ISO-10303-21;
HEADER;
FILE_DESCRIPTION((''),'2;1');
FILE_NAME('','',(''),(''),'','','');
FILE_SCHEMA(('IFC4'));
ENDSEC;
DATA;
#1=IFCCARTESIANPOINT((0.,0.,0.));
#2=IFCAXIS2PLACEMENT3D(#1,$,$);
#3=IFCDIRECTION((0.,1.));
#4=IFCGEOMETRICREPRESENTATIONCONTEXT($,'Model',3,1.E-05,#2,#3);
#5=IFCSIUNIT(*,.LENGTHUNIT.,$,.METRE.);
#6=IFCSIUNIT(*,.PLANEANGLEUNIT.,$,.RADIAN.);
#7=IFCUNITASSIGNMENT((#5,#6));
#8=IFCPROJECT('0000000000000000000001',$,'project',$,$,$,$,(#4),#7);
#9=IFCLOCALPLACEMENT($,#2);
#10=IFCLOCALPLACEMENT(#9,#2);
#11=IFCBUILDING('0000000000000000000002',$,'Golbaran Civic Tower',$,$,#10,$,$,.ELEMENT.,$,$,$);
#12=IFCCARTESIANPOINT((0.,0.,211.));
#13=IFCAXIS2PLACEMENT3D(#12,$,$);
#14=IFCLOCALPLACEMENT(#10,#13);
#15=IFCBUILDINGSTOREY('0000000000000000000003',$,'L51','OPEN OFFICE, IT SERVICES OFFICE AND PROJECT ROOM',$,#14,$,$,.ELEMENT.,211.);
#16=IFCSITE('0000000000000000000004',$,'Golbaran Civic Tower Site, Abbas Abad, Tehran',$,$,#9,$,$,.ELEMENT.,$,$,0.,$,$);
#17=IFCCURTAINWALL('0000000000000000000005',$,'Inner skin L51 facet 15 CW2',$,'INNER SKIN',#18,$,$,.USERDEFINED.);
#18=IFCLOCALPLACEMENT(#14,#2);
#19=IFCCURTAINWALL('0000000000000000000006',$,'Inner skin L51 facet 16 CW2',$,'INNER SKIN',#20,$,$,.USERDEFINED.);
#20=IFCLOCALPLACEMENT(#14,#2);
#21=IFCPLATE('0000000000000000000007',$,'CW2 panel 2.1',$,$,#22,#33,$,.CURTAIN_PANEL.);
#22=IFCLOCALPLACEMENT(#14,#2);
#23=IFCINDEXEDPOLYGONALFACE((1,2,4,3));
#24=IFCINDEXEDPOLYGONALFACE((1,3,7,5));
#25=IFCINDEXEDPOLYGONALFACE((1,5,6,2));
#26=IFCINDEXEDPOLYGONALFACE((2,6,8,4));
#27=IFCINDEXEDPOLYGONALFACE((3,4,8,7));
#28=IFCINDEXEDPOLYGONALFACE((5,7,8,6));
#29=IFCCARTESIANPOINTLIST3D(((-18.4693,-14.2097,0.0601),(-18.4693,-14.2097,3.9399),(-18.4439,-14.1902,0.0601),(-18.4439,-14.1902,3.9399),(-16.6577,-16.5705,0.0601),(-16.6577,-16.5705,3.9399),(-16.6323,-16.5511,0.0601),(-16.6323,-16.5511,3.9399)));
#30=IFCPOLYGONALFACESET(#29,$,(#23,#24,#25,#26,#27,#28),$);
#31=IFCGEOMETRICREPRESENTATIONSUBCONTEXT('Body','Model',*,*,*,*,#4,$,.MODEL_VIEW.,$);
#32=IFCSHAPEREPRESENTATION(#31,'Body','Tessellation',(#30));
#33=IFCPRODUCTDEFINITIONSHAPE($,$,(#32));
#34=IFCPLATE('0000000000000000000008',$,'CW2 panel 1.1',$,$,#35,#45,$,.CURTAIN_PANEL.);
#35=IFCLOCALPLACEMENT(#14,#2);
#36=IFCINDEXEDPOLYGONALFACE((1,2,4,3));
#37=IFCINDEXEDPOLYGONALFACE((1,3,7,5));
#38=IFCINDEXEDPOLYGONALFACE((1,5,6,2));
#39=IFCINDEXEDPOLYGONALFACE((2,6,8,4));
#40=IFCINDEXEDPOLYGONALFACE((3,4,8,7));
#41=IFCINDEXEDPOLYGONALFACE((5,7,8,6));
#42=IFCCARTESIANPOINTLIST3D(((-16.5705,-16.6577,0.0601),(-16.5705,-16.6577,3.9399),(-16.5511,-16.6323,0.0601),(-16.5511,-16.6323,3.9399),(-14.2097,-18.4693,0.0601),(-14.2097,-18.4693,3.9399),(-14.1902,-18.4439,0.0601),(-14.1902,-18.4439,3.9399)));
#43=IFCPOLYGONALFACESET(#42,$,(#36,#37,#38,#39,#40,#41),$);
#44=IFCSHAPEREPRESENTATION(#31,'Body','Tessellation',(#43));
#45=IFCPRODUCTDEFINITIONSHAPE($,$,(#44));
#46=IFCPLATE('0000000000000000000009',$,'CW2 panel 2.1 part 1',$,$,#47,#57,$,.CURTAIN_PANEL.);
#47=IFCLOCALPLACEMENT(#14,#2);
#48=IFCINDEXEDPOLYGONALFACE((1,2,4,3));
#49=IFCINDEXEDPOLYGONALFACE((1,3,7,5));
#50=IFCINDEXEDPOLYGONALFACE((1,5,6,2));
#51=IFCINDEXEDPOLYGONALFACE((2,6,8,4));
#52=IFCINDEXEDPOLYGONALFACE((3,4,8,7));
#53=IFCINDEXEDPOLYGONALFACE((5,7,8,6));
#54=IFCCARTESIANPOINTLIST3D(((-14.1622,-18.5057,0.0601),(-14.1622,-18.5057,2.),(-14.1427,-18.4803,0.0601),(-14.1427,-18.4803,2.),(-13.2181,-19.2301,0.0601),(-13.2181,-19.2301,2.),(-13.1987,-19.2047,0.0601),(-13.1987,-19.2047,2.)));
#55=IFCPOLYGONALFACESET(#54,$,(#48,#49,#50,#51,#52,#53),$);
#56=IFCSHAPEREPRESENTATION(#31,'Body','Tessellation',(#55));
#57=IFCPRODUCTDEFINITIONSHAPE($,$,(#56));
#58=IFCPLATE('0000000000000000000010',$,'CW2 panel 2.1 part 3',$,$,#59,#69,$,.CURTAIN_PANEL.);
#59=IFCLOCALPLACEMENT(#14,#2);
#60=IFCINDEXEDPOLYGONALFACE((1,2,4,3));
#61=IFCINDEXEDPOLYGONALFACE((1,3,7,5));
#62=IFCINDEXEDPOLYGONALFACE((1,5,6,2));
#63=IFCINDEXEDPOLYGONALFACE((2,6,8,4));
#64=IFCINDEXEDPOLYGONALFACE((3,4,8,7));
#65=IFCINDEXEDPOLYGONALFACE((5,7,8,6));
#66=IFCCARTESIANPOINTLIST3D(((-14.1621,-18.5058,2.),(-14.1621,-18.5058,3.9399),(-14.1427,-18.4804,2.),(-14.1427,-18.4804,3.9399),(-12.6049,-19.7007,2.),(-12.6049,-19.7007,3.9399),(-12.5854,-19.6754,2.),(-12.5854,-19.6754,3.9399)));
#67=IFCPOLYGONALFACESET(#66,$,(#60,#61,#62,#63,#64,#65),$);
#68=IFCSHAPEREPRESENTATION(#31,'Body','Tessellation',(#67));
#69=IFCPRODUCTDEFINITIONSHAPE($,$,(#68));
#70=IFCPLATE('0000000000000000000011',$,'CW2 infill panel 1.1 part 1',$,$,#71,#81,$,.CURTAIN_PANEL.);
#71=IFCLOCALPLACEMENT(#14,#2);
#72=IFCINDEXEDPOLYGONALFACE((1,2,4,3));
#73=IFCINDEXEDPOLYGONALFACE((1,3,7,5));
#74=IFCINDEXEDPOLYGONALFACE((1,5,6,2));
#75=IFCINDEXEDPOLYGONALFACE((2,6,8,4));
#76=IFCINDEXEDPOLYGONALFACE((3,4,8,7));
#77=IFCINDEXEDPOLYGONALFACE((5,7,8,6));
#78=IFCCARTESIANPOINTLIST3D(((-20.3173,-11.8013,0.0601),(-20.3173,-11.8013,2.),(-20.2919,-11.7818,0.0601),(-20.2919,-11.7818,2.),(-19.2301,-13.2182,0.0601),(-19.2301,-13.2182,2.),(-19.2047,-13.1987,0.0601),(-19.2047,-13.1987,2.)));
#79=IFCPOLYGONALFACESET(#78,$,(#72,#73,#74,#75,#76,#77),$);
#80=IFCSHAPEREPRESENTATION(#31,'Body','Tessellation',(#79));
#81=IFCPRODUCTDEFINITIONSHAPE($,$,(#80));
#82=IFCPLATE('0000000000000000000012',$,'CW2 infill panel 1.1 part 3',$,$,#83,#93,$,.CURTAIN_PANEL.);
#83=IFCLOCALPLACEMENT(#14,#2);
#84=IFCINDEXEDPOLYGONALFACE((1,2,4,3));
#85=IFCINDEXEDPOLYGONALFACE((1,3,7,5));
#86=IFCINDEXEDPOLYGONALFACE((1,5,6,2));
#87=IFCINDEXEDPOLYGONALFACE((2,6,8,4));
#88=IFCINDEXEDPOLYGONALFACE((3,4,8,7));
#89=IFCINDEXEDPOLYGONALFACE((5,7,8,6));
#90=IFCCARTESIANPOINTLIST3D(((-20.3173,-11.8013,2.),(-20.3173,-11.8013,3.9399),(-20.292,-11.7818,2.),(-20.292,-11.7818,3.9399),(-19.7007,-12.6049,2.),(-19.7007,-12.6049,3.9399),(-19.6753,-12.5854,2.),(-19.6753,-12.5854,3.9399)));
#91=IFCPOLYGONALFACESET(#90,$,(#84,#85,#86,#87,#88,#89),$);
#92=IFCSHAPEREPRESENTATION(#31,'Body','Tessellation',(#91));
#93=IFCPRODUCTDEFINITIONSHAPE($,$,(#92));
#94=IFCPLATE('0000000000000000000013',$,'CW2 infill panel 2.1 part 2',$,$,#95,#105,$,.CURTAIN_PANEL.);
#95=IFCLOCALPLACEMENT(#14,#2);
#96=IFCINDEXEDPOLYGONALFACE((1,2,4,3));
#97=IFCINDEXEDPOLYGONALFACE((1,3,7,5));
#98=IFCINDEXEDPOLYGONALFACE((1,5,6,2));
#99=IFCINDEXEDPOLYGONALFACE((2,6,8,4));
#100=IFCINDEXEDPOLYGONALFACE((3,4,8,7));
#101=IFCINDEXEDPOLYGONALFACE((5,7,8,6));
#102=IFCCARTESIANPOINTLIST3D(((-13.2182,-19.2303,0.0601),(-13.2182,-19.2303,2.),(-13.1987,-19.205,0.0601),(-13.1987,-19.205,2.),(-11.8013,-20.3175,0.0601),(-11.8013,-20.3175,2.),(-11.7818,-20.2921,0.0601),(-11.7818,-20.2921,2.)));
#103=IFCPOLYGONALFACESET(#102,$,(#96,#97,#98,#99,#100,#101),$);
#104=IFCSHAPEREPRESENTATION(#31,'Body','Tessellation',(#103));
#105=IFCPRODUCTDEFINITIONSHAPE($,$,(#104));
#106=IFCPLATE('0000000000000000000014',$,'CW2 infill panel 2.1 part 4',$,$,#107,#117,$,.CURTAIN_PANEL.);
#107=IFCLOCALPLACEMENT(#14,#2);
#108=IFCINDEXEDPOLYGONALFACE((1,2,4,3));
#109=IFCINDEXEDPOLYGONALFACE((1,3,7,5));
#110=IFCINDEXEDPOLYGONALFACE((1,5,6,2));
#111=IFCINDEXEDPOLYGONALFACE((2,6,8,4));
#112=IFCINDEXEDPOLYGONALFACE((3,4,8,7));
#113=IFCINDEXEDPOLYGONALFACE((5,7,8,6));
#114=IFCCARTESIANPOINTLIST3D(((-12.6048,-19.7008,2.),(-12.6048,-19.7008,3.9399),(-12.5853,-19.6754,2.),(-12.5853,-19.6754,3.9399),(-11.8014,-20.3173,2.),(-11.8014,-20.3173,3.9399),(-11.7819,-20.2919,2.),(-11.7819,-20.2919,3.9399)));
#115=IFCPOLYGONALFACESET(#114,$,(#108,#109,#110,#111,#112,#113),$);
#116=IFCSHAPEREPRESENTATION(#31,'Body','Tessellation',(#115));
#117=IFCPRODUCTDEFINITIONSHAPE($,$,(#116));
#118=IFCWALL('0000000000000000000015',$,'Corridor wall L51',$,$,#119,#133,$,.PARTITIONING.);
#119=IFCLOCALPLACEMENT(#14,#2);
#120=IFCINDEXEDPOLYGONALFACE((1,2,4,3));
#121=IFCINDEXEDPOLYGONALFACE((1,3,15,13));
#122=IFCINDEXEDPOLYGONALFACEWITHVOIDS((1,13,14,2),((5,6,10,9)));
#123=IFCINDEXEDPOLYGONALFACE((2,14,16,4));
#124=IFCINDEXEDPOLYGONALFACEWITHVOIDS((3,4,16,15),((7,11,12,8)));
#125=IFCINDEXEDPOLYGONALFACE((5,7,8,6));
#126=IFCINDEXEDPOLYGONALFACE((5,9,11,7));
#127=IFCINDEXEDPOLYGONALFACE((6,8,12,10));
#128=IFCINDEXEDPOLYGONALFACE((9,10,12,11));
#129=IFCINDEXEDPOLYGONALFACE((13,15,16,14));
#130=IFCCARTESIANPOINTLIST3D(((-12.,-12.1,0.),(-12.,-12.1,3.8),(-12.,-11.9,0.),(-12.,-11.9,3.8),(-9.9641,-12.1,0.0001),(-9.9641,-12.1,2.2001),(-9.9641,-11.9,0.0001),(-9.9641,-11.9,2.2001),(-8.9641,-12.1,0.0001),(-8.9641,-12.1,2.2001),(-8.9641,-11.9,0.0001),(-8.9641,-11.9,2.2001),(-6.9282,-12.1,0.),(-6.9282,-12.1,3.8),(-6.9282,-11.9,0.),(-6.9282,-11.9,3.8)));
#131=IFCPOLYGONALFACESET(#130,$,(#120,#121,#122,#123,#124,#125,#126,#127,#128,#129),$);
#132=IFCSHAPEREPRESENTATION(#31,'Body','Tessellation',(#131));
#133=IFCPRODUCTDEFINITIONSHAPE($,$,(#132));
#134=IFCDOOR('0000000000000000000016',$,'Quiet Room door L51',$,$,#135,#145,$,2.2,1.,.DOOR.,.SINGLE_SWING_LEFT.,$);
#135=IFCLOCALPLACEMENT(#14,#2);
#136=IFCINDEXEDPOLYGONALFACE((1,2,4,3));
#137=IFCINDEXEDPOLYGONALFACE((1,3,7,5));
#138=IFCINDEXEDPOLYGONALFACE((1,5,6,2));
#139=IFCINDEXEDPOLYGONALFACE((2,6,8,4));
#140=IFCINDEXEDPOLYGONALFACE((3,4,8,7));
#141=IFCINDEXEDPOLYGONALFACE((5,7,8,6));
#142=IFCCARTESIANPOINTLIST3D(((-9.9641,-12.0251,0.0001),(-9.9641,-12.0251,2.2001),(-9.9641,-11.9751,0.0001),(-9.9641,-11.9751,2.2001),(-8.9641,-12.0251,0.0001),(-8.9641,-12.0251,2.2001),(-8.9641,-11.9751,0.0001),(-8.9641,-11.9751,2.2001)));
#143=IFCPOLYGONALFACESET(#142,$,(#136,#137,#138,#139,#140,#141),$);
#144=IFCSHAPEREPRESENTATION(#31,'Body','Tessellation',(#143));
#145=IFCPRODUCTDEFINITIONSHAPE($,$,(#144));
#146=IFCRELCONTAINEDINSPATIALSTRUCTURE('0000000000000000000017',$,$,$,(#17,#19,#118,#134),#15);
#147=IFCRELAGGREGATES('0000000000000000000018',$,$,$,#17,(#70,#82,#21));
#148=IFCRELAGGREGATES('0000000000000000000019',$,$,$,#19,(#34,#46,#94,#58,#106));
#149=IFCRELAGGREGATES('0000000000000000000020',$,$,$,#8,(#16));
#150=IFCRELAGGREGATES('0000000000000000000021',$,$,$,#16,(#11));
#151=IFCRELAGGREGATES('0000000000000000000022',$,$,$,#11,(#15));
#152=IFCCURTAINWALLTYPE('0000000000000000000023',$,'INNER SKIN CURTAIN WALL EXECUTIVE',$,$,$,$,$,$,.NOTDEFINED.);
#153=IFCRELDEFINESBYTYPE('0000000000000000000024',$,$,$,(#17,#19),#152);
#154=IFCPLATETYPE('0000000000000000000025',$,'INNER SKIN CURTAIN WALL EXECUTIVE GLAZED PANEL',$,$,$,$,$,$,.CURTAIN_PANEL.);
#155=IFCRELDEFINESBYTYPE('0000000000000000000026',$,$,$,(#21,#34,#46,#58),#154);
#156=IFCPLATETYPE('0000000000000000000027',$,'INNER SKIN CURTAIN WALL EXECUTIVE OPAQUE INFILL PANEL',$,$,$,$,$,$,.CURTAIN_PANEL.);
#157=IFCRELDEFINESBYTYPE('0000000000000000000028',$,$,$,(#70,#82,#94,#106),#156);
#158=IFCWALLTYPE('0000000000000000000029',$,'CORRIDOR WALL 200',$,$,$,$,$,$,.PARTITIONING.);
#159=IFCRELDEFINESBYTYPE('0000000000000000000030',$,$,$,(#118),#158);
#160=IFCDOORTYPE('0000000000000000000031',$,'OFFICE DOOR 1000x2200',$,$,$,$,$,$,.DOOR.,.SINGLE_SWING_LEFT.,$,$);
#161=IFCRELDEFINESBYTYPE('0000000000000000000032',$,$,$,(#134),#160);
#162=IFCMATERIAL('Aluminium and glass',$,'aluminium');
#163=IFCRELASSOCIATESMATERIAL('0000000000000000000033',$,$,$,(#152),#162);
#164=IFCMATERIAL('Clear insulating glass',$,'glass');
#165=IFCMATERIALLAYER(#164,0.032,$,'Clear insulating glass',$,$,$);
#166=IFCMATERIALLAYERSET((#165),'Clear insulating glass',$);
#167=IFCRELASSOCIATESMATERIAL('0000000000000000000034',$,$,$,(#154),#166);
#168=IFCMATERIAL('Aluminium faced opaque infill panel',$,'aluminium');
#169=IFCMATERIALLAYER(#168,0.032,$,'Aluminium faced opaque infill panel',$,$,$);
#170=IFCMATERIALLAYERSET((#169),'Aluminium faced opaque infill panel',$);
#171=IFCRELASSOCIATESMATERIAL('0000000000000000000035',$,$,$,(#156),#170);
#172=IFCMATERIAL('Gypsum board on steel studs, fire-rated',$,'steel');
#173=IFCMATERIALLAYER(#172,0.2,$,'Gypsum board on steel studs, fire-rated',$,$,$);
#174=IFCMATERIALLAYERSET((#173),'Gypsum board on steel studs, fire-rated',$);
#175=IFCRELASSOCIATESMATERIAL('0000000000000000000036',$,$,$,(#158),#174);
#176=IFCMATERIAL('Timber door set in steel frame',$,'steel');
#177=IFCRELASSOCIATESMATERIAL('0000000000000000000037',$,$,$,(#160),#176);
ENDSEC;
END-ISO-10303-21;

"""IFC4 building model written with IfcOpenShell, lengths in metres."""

from ifc_helpers import new_model, si_unit, direction, frame, frame_2d, origin, origin_2d, place, context, subcontext, project, spatial, rectangle, extrude, material, layer, layer_set, type_object, element, fill, aggregate, save


model = new_model("IFC4")

# Units and contexts
model_context = context("Model", 3, precision=1e-05, world=origin(), true_north=direction((0.0, 1.0)))
body_context = subcontext(model_context, "Body", "Model", "MODEL_VIEW")
ifc_project = project(units=[si_unit("LENGTHUNIT", "METRE"), si_unit("PLANEANGLEUNIT", "RADIAN")], contexts=[model_context])

# Site, building, storey
site_placement = place(None, origin())
site = spatial("IfcSite", under=ifc_project, at=site_placement, Name="Golbaran Civic Tower Site, Abbas Abad, Tehran", CompositionType="ELEMENT", RefElevation=0.0)
building_placement = place(site_placement, origin())
building = spatial("IfcBuilding", under=site, at=building_placement, Name="Golbaran Civic Tower", CompositionType="ELEMENT")
storey_placement = place(building_placement, frame((0.0, 0.0, 211.0)))
storey = spatial("IfcBuildingStorey", under=building, at=storey_placement, Name="L51", Description="OPEN OFFICE, IT SERVICES OFFICE AND PROJECT ROOM", CompositionType="ELEMENT", Elevation=211.0)

# Curtain walls
ifc_material_1 = material(Name="Aluminium and glass", Category="aluminium")
curtain_wall_type = type_object("IfcCurtainWallType", Name="INNER SKIN CURTAIN WALL EXECUTIVE", PredefinedType="NOTDEFINED", material=ifc_material_1)
curtain_wall_1_placement = place(storey_placement, origin())
curtain_wall_1 = element("IfcCurtainWall", 1, at=curtain_wall_1_placement, inside=storey, type_object=curtain_wall_type, Name="Inner skin L51 facet 15 CW2", ObjectType="INNER SKIN", PredefinedType="USERDEFINED")
curtain_wall_2_placement = place(storey_placement, origin())
curtain_wall_2 = element("IfcCurtainWall", 2, at=curtain_wall_2_placement, inside=storey, type_object=curtain_wall_type, Name="Inner skin L51 facet 16 CW2", ObjectType="INNER SKIN", PredefinedType="USERDEFINED")

# Plates
ifc_material_2 = material(Name="Clear insulating glass", Category="glass")
ifc_layer_1 = layer(ifc_material_2, 0.032, Name="Clear insulating glass")
ifc_layer_set_1 = layer_set([ifc_layer_1], Name="Clear insulating glass")
plate_type_1 = type_object("IfcPlateType", Name="INNER SKIN CURTAIN WALL EXECUTIVE GLAZED PANEL", PredefinedType="CURTAIN_PANEL", material=ifc_layer_set_1)
plate_1_placement = place(storey_placement, frame((-17.5508, -15.3804, 0.0601), z_axis=(0.0, 0.0, 1.0), x_axis=(0.608761, -0.793353, 0.0)))
plate_1 = element("IfcPlate", 3, at=plate_1_placement, type_object=plate_type_1, Name="CW2 panel 2.1", PredefinedType="CURTAIN_PANEL", context=body_context, shape_type="SweptSolid", body=[
    extrude(rectangle(XDim=2.9758, YDim=0.032, at=origin_2d()), origin(), (0.0, 0.0, 1.0), 3.8799),
])
plate_2_placement = place(storey_placement, frame((-15.3804, -17.5508, 0.0601), z_axis=(0.0, 0.0, 1.0), x_axis=(0.793353, -0.608761, 0.0)))
plate_2 = element("IfcPlate", 4, at=plate_2_placement, type_object=plate_type_1, Name="CW2 panel 1.1", PredefinedType="CURTAIN_PANEL", context=body_context, shape_type="SweptSolid", body=[
    extrude(rectangle(XDim=2.9758, YDim=0.032, at=origin_2d()), origin(), (0.0, 0.0, 1.0), 3.8799),
])
plate_3_placement = place(storey_placement, frame((-13.6804, -18.8552, 0.0601), z_axis=(0.0, 0.0, 1.0), x_axis=(0.793353, -0.608761, 0.0)))
plate_3 = element("IfcPlate", 5, at=plate_3_placement, type_object=plate_type_1, Name="CW2 panel 2.1 part 1", PredefinedType="CURTAIN_PANEL", context=body_context, shape_type="SweptSolid", body=[
    extrude(rectangle(XDim=1.1899, YDim=0.032, at=origin_2d()), origin(), (0.0, 0.0, 1.0), 1.9399),
])
plate_4_placement = place(storey_placement, frame((-13.3738, -19.0906, 2.0), z_axis=(0.0, 0.0, 1.0), x_axis=(0.793353, -0.608761, 0.0)))
plate_4 = element("IfcPlate", 6, at=plate_4_placement, type_object=plate_type_1, Name="CW2 panel 2.1 part 3", PredefinedType="CURTAIN_PANEL", context=body_context, shape_type="SweptSolid", body=[
    extrude(rectangle(XDim=1.9629, YDim=0.032, at=origin_2d()), origin(), (0.0, 0.0, 1.0), 1.9399),
])
ifc_material_3 = material(Name="Aluminium faced opaque infill panel", Category="aluminium")
ifc_layer_2 = layer(ifc_material_3, 0.032, Name="Aluminium faced opaque infill panel")
ifc_layer_set_2 = layer_set([ifc_layer_2], Name="Aluminium faced opaque infill panel")
plate_type_2 = type_object("IfcPlateType", Name="INNER SKIN CURTAIN WALL EXECUTIVE OPAQUE INFILL PANEL", PredefinedType="CURTAIN_PANEL", material=ifc_layer_set_2)
plate_5_placement = place(storey_placement, frame((-19.761, -12.5, 0.0601), z_axis=(0.0, 0.0, 1.0), x_axis=(0.608761, -0.793353, 0.0)))
plate_5 = element("IfcPlate", 7, at=plate_5_placement, type_object=plate_type_2, Name="CW2 infill panel 1.1 part 1", PredefinedType="CURTAIN_PANEL", context=body_context, shape_type="SweptSolid", body=[
    extrude(rectangle(XDim=1.7859, YDim=0.032, at=origin_2d()), origin(), (0.0, 0.0, 1.0), 1.9399),
])
plate_6_placement = place(storey_placement, frame((-19.9963, -12.1934, 2.0), z_axis=(0.0, 0.0, 1.0), x_axis=(0.608761, -0.793353, 0.0)))
plate_6 = element("IfcPlate", 8, at=plate_6_placement, type_object=plate_type_2, Name="CW2 infill panel 1.1 part 3", PredefinedType="CURTAIN_PANEL", context=body_context, shape_type="SweptSolid", body=[
    extrude(rectangle(XDim=1.0129, YDim=0.032, at=origin_2d()), origin(), (0.0, 0.0, 1.0), 1.9399),
])
aggregate(curtain_wall_1, [plate_5, plate_6, plate_1])
plate_7_placement = place(storey_placement, frame((-12.5, -19.7612, 0.0601), z_axis=(0.0, 0.0, 1.0), x_axis=(0.793353, -0.608761, 0.0)))
plate_7 = element("IfcPlate", 9, at=plate_7_placement, type_object=plate_type_2, Name="CW2 infill panel 2.1 part 2", PredefinedType="CURTAIN_PANEL", context=body_context, shape_type="SweptSolid", body=[
    extrude(rectangle(XDim=1.7859, YDim=0.032, at=origin_2d()), origin(), (0.0, 0.0, 1.0), 1.9399),
])
plate_8_placement = place(storey_placement, frame((-12.1934, -19.9963, 2.0), z_axis=(0.0, 0.0, 1.0), x_axis=(0.793353, -0.608761, 0.0)))
plate_8 = element("IfcPlate", 10, at=plate_8_placement, type_object=plate_type_2, Name="CW2 infill panel 2.1 part 4", PredefinedType="CURTAIN_PANEL", context=body_context, shape_type="SweptSolid", body=[
    extrude(rectangle(XDim=1.0127, YDim=0.032, at=origin_2d()), origin(), (0.0, 0.0, 1.0), 1.9399),
])
aggregate(curtain_wall_2, [plate_2, plate_3, plate_7, plate_4, plate_8])

# Wall, opening, door
ifc_material_4 = material(Name="Gypsum board on steel studs, fire-rated", Category="steel")
ifc_layer_3 = layer(ifc_material_4, 0.2, Name="Gypsum board on steel studs, fire-rated")
ifc_layer_set_3 = layer_set([ifc_layer_3], Name="Gypsum board on steel studs, fire-rated")
wall_type = type_object("IfcWallType", Name="CORRIDOR WALL 200", PredefinedType="PARTITIONING", material=ifc_layer_set_3)
wall_placement = place(storey_placement, frame((-12.0, -12.0, 0.0), z_axis=(0.0, 0.0, 1.0), x_axis=(1.0, 0.0, 0.0)))
wall = element("IfcWall", 11, at=wall_placement, inside=storey, type_object=wall_type, Name="Corridor wall L51", PredefinedType="PARTITIONING", context=body_context, shape_type="SweptSolid", body=[
    extrude(rectangle(XDim=5.0718, YDim=0.2, at=frame_2d((2.5359, 0.0))), origin(), (0.0, 0.0, 1.0), 3.8),
])
opening_placement = place(wall_placement, frame((2.0359, 0.0, 0.0)))
opening = element("IfcOpeningElement", 12, at=opening_placement, cuts=wall, PredefinedType="OPENING", context=body_context, shape_type="SweptSolid", body=[
    extrude(rectangle(XDim=1.0, YDim=2.2, at=frame_2d((0.5, 1.1001))), frame((0.0, 0.1099, 0.0), z_axis=(0.0, -1.0, 0.0), x_axis=(1.0, 0.0, 0.0)), (0.0, 0.0, 1.0), 0.22),
])
ifc_material_5 = material(Name="Timber door set in steel frame", Category="steel")
door_type = type_object("IfcDoorType", Name="OFFICE DOOR 1000x2200", OperationType="SINGLE_SWING_LEFT", PredefinedType="DOOR", material=ifc_material_5)
door_placement = place(opening_placement, origin())
door = element("IfcDoor", 13, at=door_placement, inside=storey, type_object=door_type, Name="Quiet Room door L51", OperationType="SINGLE_SWING_LEFT", OverallHeight=2.2, OverallWidth=1.0, PredefinedType="DOOR", context=body_context, shape_type="SweptSolid", body=[
    extrude(rectangle(XDim=1.0, YDim=2.2, at=frame_2d((0.5, 1.1001))), frame((0.0, 0.0249, 0.0), z_axis=(0.0, -1.0, 0.0), x_axis=(1.0, 0.0, 0.0)), (0.0, 0.0, 1.0), 0.05),
])
fill(opening, door)

save(model, "model.ifc")
